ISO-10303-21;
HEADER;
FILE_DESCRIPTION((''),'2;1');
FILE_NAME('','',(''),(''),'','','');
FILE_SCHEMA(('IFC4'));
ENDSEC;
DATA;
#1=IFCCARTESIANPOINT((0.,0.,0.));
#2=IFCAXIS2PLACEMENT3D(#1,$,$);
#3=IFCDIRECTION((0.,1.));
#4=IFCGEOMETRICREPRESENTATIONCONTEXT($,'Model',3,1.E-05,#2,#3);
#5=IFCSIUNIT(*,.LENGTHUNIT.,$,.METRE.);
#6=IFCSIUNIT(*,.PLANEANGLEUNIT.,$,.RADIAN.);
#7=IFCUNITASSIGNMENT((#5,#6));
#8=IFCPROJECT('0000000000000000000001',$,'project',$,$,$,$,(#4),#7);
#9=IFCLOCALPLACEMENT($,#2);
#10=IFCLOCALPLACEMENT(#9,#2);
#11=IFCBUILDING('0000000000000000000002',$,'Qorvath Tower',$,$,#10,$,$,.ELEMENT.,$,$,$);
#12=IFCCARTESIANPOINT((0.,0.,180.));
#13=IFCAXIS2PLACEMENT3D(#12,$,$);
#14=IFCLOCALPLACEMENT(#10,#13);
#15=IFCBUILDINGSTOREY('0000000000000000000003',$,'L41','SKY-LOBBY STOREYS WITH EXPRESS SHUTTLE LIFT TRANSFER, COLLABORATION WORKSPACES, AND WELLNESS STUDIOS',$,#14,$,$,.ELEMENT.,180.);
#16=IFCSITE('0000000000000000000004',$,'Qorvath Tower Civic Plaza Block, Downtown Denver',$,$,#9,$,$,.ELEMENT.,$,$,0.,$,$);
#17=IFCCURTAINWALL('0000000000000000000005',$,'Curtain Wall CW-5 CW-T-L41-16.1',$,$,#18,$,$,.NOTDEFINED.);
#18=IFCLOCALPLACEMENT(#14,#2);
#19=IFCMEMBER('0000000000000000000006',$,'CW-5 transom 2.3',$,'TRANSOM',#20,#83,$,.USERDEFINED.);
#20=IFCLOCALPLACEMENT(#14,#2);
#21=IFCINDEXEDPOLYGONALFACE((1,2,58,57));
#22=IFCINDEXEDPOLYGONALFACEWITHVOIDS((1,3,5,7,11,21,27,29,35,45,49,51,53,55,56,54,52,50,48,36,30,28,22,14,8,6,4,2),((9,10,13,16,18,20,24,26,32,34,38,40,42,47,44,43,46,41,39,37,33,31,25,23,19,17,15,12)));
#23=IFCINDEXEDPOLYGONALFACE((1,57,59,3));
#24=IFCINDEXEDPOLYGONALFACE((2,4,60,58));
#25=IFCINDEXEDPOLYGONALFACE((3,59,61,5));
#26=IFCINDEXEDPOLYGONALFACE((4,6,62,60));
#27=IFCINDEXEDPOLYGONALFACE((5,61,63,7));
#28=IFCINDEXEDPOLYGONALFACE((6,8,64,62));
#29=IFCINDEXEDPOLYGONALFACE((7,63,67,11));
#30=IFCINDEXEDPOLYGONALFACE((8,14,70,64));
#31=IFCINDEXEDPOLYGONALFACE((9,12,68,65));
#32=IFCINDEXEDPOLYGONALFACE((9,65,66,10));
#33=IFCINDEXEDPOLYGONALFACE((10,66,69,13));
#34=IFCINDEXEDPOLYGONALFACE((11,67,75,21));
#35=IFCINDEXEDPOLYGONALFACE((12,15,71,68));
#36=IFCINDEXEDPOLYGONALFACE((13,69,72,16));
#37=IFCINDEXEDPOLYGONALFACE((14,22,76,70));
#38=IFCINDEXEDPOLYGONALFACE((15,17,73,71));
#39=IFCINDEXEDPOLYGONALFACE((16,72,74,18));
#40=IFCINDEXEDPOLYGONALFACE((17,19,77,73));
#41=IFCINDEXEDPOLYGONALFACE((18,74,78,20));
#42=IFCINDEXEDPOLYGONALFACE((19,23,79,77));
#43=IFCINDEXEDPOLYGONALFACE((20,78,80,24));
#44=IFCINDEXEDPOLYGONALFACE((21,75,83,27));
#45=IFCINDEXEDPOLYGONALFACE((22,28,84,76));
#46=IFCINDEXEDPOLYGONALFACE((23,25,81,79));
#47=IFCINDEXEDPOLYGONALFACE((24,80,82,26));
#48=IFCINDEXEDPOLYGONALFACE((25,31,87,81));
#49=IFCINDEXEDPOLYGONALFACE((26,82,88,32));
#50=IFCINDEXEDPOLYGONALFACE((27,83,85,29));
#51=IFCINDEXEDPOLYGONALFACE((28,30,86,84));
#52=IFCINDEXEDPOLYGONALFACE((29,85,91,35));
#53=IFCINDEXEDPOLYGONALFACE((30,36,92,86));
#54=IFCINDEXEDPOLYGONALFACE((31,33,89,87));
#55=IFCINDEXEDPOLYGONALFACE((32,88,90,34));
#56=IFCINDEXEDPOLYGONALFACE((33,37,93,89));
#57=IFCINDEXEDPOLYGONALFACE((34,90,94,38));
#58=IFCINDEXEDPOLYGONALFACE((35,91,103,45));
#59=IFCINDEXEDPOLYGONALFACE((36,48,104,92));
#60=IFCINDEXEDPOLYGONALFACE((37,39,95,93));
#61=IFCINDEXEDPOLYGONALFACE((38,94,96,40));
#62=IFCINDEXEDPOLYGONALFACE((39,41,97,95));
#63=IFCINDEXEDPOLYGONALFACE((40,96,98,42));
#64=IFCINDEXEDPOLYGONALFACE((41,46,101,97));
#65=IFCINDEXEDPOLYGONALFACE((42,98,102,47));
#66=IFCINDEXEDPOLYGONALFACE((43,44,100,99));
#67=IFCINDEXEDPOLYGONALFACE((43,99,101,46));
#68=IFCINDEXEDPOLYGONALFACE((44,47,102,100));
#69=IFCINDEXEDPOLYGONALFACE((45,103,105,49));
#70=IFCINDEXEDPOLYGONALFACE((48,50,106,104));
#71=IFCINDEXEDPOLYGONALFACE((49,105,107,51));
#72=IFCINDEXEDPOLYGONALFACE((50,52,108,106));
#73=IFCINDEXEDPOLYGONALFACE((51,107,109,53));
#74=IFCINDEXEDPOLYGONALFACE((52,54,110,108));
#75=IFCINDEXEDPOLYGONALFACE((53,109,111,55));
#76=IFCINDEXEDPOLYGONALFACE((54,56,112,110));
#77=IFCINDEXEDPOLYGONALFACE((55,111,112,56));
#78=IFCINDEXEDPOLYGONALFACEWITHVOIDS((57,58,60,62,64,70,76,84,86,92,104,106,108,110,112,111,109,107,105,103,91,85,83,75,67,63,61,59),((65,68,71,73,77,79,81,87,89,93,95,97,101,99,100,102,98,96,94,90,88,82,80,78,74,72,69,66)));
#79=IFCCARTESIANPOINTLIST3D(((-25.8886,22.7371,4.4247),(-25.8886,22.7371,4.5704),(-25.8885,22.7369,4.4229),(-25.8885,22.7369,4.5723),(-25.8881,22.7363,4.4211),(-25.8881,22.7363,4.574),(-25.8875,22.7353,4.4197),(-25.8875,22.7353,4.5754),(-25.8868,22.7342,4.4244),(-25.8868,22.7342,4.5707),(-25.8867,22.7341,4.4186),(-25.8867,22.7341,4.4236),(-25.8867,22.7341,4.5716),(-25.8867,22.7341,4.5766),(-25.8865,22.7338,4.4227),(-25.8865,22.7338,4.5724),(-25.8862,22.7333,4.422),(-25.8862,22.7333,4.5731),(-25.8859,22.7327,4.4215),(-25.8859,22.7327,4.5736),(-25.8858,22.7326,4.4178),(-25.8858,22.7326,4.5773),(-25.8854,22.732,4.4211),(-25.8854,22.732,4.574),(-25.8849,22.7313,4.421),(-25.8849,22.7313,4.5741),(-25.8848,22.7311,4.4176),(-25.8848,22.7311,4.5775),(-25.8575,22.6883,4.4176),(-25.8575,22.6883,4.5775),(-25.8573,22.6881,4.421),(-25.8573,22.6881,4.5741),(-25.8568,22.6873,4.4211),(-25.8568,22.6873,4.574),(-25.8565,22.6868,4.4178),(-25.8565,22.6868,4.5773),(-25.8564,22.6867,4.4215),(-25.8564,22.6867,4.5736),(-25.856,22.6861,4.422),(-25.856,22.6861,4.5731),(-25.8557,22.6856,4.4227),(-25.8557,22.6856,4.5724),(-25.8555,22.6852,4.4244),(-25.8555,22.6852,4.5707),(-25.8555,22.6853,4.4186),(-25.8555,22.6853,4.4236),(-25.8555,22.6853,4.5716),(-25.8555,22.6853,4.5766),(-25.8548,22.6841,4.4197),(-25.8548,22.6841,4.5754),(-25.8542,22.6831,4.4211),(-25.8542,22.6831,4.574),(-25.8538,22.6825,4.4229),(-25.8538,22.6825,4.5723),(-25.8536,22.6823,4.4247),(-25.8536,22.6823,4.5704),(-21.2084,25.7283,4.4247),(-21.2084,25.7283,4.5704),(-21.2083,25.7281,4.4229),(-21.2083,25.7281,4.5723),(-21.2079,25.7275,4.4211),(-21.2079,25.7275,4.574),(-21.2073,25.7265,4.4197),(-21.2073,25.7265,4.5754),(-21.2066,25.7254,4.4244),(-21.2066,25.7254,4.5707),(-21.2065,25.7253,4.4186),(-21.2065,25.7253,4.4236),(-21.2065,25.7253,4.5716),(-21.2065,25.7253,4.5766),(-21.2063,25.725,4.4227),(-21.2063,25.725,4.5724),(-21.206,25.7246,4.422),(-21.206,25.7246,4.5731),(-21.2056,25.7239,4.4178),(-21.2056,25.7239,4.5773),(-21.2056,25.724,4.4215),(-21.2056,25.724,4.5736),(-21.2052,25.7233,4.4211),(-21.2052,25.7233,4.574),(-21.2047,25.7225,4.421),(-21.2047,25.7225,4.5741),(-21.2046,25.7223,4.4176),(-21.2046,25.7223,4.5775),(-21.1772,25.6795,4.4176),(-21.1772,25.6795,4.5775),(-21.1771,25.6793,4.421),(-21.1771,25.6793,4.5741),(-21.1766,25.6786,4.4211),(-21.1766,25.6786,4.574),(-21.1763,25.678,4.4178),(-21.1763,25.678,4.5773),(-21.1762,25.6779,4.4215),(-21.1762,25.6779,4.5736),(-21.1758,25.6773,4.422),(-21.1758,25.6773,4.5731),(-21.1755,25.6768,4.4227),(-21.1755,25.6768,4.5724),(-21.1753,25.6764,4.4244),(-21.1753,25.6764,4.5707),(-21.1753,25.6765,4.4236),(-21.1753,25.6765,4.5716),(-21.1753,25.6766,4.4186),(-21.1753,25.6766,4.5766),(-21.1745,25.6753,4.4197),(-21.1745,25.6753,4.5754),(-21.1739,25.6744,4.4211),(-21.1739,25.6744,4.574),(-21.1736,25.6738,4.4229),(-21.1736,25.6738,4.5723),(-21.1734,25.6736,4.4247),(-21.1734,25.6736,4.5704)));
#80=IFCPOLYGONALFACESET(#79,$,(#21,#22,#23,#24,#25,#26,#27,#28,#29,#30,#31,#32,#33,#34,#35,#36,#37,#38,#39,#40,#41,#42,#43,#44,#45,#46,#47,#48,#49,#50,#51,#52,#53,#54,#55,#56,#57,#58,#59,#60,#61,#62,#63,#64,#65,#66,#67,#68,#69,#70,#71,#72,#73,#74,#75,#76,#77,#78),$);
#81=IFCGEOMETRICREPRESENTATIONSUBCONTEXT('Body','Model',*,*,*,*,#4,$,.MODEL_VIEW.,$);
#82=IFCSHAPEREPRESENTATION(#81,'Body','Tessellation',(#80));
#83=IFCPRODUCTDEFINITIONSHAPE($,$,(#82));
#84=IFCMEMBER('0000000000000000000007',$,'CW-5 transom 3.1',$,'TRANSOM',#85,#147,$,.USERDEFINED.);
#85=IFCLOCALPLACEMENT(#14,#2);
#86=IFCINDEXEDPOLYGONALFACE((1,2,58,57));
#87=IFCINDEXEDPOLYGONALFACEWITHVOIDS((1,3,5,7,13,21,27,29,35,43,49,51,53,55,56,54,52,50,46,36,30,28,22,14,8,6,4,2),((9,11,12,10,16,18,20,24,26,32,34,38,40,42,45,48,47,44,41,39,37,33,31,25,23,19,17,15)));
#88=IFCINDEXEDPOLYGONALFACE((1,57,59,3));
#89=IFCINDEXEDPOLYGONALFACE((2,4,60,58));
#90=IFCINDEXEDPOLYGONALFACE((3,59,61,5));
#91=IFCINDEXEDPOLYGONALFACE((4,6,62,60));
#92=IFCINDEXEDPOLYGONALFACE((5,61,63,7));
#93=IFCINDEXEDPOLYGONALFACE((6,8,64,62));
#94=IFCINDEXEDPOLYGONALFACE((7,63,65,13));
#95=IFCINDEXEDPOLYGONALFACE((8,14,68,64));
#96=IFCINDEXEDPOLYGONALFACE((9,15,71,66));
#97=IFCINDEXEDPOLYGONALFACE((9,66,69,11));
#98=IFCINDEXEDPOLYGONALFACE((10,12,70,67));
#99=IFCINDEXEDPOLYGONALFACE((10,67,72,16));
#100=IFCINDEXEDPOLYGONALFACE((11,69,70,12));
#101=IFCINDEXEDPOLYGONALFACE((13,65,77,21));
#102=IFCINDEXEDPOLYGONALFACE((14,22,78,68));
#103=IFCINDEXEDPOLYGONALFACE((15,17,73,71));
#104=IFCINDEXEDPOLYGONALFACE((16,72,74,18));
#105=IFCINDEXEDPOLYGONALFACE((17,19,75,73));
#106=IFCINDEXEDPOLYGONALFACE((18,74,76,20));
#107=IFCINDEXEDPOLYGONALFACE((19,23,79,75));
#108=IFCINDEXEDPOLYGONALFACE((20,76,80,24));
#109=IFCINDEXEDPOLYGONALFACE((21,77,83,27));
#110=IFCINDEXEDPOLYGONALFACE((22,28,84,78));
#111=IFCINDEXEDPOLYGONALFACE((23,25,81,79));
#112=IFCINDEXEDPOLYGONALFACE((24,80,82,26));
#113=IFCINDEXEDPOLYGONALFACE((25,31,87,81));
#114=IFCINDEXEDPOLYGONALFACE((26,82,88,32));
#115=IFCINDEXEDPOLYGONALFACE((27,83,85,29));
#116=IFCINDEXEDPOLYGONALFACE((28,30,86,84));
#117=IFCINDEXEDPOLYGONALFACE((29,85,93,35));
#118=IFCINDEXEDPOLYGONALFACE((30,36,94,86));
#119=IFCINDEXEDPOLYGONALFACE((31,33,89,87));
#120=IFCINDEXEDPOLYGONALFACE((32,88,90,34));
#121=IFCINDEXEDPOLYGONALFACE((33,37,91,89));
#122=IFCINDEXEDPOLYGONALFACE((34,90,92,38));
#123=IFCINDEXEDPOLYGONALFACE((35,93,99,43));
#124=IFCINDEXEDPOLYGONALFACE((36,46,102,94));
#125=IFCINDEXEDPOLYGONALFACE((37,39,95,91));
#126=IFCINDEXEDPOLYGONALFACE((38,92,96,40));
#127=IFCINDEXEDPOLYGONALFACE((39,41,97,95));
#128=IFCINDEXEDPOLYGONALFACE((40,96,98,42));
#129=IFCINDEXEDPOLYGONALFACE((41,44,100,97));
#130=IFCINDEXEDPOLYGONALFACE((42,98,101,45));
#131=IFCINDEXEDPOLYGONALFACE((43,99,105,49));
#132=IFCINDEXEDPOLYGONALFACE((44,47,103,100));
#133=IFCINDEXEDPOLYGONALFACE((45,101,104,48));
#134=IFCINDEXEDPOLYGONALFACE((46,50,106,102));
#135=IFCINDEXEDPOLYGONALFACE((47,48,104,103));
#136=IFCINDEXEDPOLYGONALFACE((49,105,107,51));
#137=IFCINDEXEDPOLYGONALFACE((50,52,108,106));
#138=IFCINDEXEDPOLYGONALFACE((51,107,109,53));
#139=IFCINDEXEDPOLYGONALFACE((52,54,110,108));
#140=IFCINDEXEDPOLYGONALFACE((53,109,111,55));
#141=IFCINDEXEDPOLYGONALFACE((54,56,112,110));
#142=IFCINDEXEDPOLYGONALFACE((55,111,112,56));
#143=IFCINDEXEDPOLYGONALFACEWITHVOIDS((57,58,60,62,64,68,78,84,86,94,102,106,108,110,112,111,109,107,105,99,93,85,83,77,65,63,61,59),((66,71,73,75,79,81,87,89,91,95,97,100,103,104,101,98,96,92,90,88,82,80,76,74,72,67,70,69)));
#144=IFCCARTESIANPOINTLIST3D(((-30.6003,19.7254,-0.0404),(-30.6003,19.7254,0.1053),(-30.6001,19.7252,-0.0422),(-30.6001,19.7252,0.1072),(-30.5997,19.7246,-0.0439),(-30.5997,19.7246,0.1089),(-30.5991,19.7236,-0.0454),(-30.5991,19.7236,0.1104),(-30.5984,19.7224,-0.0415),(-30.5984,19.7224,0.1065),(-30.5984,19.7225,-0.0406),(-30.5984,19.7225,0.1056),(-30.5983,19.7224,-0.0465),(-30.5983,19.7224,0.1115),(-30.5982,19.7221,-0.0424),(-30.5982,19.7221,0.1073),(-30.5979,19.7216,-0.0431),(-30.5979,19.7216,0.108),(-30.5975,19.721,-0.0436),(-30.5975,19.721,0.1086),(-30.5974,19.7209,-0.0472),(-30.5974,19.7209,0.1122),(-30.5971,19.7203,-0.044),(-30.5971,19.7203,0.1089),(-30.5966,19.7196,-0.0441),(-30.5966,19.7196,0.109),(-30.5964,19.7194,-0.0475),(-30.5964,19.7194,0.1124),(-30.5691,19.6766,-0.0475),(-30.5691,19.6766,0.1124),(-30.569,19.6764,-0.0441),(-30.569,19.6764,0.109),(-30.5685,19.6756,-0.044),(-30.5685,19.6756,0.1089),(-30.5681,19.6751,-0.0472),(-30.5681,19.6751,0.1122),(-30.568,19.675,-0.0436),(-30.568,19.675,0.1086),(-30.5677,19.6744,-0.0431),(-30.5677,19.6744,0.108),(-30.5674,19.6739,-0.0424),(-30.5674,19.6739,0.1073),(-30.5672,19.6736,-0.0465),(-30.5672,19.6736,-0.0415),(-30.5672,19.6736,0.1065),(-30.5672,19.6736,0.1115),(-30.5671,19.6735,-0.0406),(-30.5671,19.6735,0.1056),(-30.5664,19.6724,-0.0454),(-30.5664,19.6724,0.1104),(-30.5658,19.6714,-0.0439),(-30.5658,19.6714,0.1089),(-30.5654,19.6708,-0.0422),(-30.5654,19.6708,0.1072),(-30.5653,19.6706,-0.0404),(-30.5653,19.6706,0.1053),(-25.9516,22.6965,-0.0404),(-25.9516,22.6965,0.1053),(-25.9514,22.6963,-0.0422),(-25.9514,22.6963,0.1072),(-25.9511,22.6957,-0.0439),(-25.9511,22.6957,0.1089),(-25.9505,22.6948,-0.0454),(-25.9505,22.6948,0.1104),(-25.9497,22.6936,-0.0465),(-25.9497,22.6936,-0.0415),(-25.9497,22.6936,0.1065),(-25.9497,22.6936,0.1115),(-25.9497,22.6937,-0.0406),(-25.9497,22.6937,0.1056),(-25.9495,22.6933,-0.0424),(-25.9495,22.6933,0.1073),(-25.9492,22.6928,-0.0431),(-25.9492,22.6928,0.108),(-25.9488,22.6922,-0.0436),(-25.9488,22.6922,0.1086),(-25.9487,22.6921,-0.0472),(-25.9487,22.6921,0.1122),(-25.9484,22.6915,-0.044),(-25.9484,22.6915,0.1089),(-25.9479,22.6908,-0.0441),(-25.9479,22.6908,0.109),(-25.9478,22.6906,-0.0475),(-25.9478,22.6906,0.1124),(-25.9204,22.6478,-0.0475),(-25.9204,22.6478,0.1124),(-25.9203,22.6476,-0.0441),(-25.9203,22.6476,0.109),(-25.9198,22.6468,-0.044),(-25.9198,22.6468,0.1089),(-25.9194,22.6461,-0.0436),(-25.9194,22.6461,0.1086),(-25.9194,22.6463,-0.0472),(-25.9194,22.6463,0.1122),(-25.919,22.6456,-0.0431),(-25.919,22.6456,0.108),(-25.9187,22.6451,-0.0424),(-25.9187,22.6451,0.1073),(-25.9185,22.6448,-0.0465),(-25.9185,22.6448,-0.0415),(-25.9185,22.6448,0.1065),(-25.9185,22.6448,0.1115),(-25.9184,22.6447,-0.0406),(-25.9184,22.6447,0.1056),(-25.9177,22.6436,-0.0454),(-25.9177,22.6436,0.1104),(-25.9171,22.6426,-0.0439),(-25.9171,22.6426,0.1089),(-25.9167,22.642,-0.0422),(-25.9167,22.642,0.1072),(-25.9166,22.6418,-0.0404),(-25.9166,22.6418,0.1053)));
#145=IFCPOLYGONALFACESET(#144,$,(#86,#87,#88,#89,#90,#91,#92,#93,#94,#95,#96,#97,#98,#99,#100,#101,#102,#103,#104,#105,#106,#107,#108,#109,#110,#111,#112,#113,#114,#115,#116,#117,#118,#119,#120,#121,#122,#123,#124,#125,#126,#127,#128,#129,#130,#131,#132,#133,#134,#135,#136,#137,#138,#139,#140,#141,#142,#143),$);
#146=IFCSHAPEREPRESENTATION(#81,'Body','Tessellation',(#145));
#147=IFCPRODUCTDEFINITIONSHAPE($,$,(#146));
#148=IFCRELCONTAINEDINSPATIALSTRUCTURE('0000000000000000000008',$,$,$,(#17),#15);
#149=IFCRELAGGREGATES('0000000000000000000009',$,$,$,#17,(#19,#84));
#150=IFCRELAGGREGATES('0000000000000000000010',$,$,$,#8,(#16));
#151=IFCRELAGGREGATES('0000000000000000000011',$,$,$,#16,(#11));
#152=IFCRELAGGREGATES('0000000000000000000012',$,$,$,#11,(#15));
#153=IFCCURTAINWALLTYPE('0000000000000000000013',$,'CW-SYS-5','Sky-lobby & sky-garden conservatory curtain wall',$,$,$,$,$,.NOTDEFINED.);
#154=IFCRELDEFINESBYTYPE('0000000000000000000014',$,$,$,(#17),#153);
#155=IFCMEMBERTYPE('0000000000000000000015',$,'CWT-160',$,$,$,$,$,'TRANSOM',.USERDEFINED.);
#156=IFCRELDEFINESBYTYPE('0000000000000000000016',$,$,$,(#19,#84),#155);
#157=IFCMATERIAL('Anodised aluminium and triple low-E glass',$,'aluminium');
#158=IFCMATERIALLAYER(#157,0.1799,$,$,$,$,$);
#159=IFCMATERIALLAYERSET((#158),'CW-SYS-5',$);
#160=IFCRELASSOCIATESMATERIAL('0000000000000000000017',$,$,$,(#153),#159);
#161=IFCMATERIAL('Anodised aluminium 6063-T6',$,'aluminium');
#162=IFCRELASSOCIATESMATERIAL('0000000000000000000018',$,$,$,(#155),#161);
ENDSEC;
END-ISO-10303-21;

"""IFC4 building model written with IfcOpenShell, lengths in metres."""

from ifc_helpers import new_model, si_unit, direction, frame, origin, origin_2d, place, context, subcontext, project, spatial, hollow_rectangle, extrude, material, layer, layer_set, material_profile, profile_set, type_object, element, aggregate, save


model = new_model("IFC4")

# Units and contexts
model_context = context("Model", 3, precision=1e-05, world=origin(), true_north=direction((0.0, 1.0)))
body_context = subcontext(model_context, "Body", "Model", "MODEL_VIEW")
ifc_project = project(units=[si_unit("LENGTHUNIT", "METRE"), si_unit("PLANEANGLEUNIT", "RADIAN")], contexts=[model_context])

# Site, building, storey
site_placement = place(None, origin())
site = spatial("IfcSite", under=ifc_project, at=site_placement, Name="Qorvath Tower Civic Plaza Block, Downtown Denver", CompositionType="ELEMENT", RefElevation=0.0)
building_placement = place(site_placement, origin())
building = spatial("IfcBuilding", under=site, at=building_placement, Name="Qorvath Tower", CompositionType="ELEMENT")
storey_placement = place(building_placement, frame((0.0, 0.0, 180.0)))
storey = spatial("IfcBuildingStorey", under=building, at=storey_placement, Name="L41", Description="SKY-LOBBY STOREYS WITH EXPRESS SHUTTLE LIFT TRANSFER, COLLABORATION WORKSPACES, AND WELLNESS STUDIOS", CompositionType="ELEMENT", Elevation=180.0)

# Curtain wall, members
ifc_material_1 = material(Name="Anodised aluminium and triple low-E glass", Category="aluminium")
ifc_layer_1 = layer(ifc_material_1, 0.1799)
ifc_layer_set_1 = layer_set([ifc_layer_1], Name="CW-SYS-5")
curtain_wall_type = type_object("IfcCurtainWallType", Name="CW-SYS-5", Description="Sky-lobby & sky-garden conservatory curtain wall", PredefinedType="NOTDEFINED", material=ifc_layer_set_1)
curtain_wall_placement = place(storey_placement, origin())
curtain_wall = element("IfcCurtainWall", 1, at=curtain_wall_placement, inside=storey, type_object=curtain_wall_type, Name="Curtain Wall CW-5 CW-T-L41-16.1", PredefinedType="NOTDEFINED")
ifc_material_2 = material(Name="Anodised aluminium 6063-T6", Category="aluminium")
ifc_material_profile_1 = material_profile(ifc_material_2, hollow_rectangle(XDim=0.0649, YDim=0.1599, WallThickness=0.0034, InnerFilletRadius=0.0034, OuterFilletRadius=0.0071, at=origin_2d()), Name="CWT 160x65")
ifc_profile_set_1 = profile_set([ifc_material_profile_1], Name="Anodised aluminium 6063-T6")
member_type_1 = type_object("IfcMemberType", Name="CWT-160", ElementType="TRANSOM", PredefinedType="USERDEFINED", material=ifc_profile_set_1)
member_1_placement = place(storey_placement, frame((-21.1909, 25.7009, 4.4976), z_axis=(-0.842607, -0.53853, 0.0), x_axis=(0.53853, -0.842607, 0.0)))
member_1 = element("IfcMember", 2, at=member_1_placement, type_object=member_type_1, Name="CW-5 transom 2.3", ObjectType="TRANSOM", PredefinedType="USERDEFINED", context=body_context, shape_type="SweptSolid", body=[
    extrude(hollow_rectangle(XDim=0.0649, YDim=0.1599, WallThickness=0.0034, InnerFilletRadius=0.0034, OuterFilletRadius=0.0071, at=origin_2d()), origin(), (0.0, 0.0, 1.0), 5.5544),
])
member_2_placement = place(storey_placement, frame((-25.9341, 22.6692, 0.0325), z_axis=(-0.842598, -0.538544, 0.0), x_axis=(0.538544, -0.842598, 0.0)))
member_2 = element("IfcMember", 3, at=member_2_placement, type_object=member_type_1, Name="CW-5 transom 3.1", ObjectType="TRANSOM", PredefinedType="USERDEFINED", context=body_context, shape_type="SweptSolid", body=[
    extrude(hollow_rectangle(XDim=0.0649, YDim=0.1599, WallThickness=0.0034, InnerFilletRadius=0.0034, OuterFilletRadius=0.0071, at=origin_2d()), origin(), (0.0, 0.0, 1.0), 5.5171),
])

aggregate(curtain_wall, [member_1, member_2])

save(model, "model.ifc")
